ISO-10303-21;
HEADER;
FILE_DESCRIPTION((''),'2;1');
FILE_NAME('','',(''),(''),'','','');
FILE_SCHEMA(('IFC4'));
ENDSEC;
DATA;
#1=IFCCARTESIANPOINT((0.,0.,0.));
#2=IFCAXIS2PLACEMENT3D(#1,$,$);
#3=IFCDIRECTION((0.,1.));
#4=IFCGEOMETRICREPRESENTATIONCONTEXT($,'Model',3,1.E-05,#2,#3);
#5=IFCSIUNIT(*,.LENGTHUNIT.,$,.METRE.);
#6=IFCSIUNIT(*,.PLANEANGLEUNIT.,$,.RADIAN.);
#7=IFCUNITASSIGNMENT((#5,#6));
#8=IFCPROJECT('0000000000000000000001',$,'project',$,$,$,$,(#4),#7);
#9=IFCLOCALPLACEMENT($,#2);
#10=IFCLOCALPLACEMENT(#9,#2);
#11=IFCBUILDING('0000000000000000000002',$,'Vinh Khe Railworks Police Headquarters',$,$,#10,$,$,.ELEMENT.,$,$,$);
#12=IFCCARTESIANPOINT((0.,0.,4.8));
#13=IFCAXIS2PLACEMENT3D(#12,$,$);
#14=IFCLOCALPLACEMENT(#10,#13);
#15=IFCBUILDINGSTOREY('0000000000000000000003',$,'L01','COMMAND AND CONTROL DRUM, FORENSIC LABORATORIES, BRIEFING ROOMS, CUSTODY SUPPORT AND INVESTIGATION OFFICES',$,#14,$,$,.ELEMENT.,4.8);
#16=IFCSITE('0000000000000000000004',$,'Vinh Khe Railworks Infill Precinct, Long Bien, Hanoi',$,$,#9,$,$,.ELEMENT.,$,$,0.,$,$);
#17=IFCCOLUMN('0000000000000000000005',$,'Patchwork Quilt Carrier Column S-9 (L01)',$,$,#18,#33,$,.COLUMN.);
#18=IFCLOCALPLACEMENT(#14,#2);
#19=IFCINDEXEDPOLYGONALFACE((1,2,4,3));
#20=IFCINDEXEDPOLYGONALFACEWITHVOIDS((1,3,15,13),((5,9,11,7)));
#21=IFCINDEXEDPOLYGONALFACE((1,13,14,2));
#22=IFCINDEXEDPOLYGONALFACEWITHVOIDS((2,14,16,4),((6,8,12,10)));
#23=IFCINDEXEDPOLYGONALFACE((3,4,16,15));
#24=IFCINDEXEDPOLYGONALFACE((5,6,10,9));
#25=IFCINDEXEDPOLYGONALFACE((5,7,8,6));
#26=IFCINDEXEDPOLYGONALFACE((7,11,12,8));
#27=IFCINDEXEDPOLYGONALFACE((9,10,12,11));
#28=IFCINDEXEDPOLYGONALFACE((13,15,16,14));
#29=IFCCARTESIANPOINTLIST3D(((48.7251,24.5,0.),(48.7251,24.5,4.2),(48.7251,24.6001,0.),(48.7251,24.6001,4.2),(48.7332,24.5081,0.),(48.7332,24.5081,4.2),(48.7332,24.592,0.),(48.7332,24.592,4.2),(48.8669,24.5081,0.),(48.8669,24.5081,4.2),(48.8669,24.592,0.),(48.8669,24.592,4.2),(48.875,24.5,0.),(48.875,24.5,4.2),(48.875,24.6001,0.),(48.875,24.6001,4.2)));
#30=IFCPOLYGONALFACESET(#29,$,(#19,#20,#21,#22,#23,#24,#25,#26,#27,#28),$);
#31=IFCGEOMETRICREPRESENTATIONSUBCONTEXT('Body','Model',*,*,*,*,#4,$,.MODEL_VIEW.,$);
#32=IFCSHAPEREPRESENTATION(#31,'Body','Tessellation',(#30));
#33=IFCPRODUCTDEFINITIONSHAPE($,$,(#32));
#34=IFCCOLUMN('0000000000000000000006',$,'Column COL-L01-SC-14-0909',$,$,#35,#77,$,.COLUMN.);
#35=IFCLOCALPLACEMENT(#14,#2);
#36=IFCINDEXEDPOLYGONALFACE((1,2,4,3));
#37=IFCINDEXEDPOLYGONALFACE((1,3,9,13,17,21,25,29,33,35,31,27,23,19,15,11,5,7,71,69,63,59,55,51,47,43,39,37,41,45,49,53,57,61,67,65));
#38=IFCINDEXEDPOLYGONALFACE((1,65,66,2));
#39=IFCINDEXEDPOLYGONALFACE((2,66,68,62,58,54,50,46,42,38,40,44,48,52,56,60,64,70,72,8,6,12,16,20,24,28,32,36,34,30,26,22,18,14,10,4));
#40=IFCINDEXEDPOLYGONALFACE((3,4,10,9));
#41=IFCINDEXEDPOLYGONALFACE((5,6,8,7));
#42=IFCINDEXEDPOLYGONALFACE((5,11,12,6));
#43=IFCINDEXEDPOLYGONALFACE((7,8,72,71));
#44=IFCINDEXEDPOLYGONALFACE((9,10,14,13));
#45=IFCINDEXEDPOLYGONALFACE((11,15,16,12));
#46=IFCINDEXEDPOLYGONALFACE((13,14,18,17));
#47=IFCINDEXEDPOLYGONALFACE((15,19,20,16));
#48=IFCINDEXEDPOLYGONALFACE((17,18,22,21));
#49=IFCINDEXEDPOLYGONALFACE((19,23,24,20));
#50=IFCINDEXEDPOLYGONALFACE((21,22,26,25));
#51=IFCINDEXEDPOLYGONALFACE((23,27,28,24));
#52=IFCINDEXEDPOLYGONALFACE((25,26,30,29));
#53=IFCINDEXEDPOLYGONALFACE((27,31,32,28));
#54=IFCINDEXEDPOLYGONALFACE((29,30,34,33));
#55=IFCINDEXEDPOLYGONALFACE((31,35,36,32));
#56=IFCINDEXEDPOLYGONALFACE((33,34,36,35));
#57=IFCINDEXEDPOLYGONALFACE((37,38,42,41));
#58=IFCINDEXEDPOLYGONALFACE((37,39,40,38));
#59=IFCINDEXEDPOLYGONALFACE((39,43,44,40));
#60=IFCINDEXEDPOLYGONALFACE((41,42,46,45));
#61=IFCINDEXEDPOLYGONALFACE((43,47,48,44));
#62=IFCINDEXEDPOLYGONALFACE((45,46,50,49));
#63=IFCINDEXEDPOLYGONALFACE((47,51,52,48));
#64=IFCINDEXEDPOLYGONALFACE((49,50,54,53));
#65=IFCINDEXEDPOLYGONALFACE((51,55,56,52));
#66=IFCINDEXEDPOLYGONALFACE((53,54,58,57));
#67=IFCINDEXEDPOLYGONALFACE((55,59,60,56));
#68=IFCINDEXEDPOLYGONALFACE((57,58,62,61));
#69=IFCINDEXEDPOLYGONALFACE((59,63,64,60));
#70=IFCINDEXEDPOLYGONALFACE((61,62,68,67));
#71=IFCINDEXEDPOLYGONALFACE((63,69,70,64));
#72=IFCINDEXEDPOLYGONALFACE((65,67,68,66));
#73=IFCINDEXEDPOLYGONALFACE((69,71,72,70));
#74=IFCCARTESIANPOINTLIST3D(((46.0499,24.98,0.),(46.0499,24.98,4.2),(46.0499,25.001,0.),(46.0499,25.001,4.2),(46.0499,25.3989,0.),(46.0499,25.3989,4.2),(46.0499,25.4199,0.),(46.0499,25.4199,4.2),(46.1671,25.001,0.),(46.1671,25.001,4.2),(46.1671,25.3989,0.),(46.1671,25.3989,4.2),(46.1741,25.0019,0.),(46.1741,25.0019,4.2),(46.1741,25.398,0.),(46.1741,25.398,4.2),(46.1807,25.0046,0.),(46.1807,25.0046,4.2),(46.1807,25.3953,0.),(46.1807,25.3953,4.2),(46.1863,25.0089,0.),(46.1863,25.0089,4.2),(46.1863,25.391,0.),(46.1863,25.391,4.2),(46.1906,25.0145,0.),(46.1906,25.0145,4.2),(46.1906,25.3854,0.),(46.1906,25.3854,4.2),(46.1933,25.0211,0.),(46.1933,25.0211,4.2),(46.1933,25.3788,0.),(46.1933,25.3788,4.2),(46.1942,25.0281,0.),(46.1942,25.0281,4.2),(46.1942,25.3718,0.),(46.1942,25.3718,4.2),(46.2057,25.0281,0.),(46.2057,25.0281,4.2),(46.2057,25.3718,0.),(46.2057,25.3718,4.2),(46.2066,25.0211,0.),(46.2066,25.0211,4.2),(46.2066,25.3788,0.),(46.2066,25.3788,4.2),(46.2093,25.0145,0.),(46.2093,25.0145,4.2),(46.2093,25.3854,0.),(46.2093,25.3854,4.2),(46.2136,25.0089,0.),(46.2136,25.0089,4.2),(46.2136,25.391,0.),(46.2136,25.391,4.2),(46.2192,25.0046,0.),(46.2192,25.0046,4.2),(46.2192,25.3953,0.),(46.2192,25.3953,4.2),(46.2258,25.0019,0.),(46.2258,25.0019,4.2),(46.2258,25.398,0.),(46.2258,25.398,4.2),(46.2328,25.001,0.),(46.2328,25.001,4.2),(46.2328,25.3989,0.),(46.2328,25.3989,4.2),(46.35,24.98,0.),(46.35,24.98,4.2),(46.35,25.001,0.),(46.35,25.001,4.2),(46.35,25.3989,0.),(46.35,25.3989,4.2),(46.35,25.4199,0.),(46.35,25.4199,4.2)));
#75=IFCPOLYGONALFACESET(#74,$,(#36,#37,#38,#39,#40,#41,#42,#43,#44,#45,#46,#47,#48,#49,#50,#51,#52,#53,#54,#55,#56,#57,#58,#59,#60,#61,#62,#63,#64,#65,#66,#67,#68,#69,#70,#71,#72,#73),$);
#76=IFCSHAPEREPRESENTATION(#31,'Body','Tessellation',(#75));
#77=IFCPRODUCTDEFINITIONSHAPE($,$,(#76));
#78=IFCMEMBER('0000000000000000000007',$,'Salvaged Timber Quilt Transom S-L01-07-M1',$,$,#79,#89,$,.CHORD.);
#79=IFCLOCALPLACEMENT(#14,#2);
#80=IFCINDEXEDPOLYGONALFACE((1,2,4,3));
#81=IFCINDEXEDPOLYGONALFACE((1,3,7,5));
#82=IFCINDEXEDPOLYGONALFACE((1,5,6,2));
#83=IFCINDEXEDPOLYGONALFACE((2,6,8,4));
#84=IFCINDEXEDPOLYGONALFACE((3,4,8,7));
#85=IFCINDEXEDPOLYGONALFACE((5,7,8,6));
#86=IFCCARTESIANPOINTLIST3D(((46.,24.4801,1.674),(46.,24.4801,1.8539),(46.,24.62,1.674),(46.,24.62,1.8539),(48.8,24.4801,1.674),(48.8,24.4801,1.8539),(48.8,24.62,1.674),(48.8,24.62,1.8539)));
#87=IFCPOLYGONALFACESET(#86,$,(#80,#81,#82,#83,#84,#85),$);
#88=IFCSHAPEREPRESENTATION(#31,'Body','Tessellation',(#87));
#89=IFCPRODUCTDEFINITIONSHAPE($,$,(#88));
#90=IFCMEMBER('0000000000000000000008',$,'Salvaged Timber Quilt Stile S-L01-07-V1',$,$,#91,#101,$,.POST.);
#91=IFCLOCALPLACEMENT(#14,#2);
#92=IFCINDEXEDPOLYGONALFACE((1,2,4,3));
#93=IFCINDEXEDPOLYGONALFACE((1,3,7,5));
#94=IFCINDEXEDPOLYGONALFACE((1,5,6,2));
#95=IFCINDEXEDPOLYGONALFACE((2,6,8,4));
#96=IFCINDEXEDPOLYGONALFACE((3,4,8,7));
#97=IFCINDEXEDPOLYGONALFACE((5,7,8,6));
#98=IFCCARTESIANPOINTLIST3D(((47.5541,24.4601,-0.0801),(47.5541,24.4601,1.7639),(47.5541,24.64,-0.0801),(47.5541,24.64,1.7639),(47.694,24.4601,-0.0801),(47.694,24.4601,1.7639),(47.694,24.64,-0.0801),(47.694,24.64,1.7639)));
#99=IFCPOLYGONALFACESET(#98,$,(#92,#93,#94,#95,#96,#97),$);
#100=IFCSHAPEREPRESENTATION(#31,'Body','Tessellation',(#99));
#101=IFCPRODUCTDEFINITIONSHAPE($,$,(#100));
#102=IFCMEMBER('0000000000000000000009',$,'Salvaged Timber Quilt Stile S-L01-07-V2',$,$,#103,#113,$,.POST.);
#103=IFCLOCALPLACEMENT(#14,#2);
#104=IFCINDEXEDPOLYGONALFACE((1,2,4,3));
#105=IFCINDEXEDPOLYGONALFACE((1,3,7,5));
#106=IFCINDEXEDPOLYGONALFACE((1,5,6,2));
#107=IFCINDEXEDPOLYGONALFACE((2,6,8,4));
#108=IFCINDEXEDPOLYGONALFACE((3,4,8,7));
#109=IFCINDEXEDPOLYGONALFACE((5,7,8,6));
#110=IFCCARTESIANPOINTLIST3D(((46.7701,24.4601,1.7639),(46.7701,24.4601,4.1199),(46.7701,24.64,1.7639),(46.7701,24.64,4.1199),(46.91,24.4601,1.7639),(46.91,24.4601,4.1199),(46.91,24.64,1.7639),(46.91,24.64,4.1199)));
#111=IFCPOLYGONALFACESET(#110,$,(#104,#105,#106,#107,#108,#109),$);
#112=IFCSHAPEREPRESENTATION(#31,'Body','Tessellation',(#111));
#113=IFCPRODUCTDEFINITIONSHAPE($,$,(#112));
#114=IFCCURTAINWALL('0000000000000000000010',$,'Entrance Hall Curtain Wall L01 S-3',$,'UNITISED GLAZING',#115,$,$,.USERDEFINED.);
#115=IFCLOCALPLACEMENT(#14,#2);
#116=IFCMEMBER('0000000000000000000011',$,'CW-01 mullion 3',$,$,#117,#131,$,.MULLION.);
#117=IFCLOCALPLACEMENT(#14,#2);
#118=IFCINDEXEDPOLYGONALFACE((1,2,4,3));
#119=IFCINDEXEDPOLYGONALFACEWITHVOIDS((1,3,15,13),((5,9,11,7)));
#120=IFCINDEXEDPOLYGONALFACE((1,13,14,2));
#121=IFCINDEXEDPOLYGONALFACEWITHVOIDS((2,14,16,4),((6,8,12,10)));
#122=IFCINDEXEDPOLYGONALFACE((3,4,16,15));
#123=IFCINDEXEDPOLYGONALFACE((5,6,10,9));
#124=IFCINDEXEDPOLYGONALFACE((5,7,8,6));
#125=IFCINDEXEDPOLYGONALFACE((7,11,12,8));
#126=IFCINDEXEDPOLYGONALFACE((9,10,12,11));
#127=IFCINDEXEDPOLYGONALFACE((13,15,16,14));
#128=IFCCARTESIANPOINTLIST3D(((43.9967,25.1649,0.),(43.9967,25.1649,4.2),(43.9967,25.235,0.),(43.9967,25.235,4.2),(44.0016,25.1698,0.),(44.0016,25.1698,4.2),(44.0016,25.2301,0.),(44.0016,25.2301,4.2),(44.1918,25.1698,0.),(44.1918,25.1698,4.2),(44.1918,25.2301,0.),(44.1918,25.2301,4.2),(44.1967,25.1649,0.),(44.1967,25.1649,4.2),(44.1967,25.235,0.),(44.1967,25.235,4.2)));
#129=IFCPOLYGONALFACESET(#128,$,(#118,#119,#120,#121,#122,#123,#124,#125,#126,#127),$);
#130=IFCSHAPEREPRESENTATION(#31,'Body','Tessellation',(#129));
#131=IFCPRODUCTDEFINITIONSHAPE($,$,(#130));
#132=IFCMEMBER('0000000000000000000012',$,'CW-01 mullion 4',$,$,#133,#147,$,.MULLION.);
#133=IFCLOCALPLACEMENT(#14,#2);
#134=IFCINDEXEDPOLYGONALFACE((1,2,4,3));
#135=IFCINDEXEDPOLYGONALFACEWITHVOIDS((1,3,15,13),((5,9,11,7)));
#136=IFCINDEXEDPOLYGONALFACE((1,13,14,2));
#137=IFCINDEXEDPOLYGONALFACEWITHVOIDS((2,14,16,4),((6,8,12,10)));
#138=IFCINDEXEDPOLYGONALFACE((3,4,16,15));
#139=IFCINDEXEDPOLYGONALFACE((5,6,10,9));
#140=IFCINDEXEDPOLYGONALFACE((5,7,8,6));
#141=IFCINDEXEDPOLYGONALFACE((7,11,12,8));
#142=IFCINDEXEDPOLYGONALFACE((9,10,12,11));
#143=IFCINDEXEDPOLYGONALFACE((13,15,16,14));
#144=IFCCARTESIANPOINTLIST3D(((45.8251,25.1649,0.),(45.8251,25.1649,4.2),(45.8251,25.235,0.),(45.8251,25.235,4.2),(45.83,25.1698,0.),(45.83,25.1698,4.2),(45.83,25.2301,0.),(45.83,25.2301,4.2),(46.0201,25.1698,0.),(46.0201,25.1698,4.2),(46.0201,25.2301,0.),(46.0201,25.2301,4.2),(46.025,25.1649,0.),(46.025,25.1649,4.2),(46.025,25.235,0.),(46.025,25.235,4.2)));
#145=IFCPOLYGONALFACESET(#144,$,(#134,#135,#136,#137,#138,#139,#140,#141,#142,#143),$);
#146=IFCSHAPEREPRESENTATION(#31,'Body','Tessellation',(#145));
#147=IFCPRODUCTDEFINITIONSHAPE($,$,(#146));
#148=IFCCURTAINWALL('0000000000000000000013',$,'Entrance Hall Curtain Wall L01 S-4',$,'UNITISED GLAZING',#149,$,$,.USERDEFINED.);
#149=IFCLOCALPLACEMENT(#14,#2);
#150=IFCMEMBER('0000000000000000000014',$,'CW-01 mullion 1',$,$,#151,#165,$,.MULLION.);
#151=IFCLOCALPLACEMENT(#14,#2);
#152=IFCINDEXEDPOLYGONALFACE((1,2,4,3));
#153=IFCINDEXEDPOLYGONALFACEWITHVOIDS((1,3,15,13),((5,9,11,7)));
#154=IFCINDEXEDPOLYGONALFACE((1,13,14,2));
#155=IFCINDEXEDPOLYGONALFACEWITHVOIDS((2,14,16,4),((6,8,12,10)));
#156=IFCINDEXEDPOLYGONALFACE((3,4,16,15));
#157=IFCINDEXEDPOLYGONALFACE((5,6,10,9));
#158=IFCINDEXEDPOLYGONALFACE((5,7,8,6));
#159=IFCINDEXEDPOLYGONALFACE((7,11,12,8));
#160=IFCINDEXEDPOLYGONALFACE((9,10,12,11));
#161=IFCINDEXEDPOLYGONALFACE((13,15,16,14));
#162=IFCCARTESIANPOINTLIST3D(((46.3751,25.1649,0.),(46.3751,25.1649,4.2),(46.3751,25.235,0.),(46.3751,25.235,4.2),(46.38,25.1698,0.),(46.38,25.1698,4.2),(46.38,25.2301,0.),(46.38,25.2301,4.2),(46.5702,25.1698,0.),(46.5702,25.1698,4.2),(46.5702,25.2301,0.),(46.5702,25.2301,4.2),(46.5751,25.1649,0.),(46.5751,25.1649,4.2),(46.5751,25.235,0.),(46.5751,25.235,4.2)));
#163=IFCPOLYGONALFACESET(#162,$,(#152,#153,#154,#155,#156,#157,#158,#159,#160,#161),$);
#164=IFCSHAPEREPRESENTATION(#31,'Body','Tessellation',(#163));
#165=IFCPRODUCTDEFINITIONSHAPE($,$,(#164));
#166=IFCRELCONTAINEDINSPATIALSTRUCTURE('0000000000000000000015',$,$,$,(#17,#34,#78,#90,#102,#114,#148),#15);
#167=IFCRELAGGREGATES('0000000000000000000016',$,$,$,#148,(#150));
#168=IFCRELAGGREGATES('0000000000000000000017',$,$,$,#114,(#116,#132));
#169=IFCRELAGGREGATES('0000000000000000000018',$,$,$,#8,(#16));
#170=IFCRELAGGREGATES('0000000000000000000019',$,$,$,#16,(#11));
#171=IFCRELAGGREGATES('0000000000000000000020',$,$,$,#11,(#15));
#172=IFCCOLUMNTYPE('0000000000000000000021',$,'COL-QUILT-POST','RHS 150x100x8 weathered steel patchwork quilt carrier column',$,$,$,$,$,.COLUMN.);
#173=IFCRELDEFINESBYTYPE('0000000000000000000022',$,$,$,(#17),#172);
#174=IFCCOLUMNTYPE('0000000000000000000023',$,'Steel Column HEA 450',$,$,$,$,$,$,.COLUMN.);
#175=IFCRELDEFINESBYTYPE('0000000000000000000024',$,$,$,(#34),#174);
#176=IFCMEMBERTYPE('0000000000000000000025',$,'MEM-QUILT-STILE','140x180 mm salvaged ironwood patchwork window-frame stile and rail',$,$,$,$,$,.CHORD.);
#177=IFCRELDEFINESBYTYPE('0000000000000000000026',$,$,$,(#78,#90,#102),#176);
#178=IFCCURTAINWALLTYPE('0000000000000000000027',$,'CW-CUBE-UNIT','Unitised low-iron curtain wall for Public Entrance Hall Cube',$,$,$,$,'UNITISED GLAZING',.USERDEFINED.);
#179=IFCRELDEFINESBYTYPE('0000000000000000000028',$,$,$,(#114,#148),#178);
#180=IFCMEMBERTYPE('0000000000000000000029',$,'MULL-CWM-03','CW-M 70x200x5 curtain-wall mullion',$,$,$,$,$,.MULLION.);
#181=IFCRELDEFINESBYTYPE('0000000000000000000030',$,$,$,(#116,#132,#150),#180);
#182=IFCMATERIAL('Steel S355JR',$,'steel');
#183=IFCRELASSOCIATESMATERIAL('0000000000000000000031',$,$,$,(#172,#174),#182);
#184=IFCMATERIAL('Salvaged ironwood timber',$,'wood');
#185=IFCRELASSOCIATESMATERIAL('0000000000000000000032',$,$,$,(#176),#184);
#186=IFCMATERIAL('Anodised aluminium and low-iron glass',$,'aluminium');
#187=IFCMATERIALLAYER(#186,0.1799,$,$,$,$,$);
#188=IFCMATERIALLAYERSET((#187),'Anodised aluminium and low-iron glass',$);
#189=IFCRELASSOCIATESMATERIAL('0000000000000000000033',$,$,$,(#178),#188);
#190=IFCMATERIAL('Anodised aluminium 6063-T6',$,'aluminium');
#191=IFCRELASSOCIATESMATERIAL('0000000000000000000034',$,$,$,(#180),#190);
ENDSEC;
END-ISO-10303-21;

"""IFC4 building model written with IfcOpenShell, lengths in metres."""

from ifc_helpers import new_model, si_unit, direction, frame, origin, origin_2d, place, context, subcontext, project, spatial, rectangle, hollow_rectangle, i_section, extrude, material, layer, layer_set, material_profile, profile_set, type_object, element, aggregate, save


model = new_model("IFC4")

# Units and contexts
model_context = context("Model", 3, precision=1e-05, world=origin(), true_north=direction((0.0, 1.0)))
body_context = subcontext(model_context, "Body", "Model", "MODEL_VIEW")
ifc_project = project(units=[si_unit("LENGTHUNIT", "METRE"), si_unit("PLANEANGLEUNIT", "RADIAN")], contexts=[model_context])

# Site, building, storey
site_placement = place(None, origin())
site = spatial("IfcSite", under=ifc_project, at=site_placement, Name="Vinh Khe Railworks Infill Precinct, Long Bien, Hanoi", CompositionType="ELEMENT", RefElevation=0.0)
building_placement = place(site_placement, origin())
building = spatial("IfcBuilding", under=site, at=building_placement, Name="Vinh Khe Railworks Police Headquarters", CompositionType="ELEMENT")
storey_placement = place(building_placement, frame((0.0, 0.0, 4.8)))
storey = spatial("IfcBuildingStorey", under=building, at=storey_placement, Name="L01", Description="COMMAND AND CONTROL DRUM, FORENSIC LABORATORIES, BRIEFING ROOMS, CUSTODY SUPPORT AND INVESTIGATION OFFICES", CompositionType="ELEMENT", Elevation=4.8)

# Columns
ifc_material_1 = material(Name="Steel S355JR", Category="steel")
ifc_material_profile_1 = material_profile(ifc_material_1, hollow_rectangle(XDim=0.1499, YDim=0.1001, WallThickness=0.0081, at=origin_2d()), Name="RHS 150x100x8")
ifc_profile_set_1 = profile_set([ifc_material_profile_1], Name="Steel S355JR")
column_type_1 = type_object("IfcColumnType", Name="COL-QUILT-POST", Description="RHS 150x100x8 weathered steel patchwork quilt carrier column", PredefinedType="COLUMN", material=ifc_profile_set_1)
column_1_placement = place(storey_placement, frame((48.8, 24.55, 0.0), z_axis=(0.0, 0.0, 1.0), x_axis=(1.0, 0.0, 0.0)))
element("IfcColumn", 1, at=column_1_placement, inside=storey, type_object=column_type_1, Name="Patchwork Quilt Carrier Column S-9 (L01)", PredefinedType="COLUMN", context=body_context, shape_type="SweptSolid", body=[
    extrude(hollow_rectangle(XDim=0.1499, YDim=0.1001, WallThickness=0.0081, at=origin_2d()), origin(), (0.0, 0.0, 1.0), 4.2),
])
ifc_material_profile_2 = material_profile(ifc_material_1, i_section(OverallWidth=0.3, OverallDepth=0.4399, WebThickness=0.0115, FlangeThickness=0.021, FilletRadius=0.0271, at=origin_2d()), Name="HEA 450")
ifc_profile_set_2 = profile_set([ifc_material_profile_2], Name="Steel S355JR")
column_type_2 = type_object("IfcColumnType", Name="Steel Column HEA 450", PredefinedType="COLUMN", material=ifc_profile_set_2)
column_2_placement = place(storey_placement, frame((46.2, 25.2, 0.0), z_axis=(0.0, 0.0, 1.0), x_axis=(1.0, 0.0, 0.0)))
element("IfcColumn", 2, at=column_2_placement, inside=storey, type_object=column_type_2, Name="Column COL-L01-SC-14-0909", PredefinedType="COLUMN", context=body_context, shape_type="SweptSolid", body=[
    extrude(i_section(OverallWidth=0.3, OverallDepth=0.4399, WebThickness=0.0115, FlangeThickness=0.021, FilletRadius=0.0271, at=origin_2d()), origin(), (0.0, 0.0, 1.0), 4.2),
])

# Members
ifc_material_2 = material(Name="Salvaged ironwood timber", Category="wood")
ifc_material_profile_3 = material_profile(ifc_material_2, rectangle(XDim=0.1399, YDim=0.1799, at=origin_2d()), Name="TIMBER 140x180")
ifc_profile_set_3 = profile_set([ifc_material_profile_3], Name="Salvaged ironwood timber")
member_type_1 = type_object("IfcMemberType", Name="MEM-QUILT-STILE", Description="140x180 mm salvaged ironwood patchwork window-frame stile and rail", PredefinedType="CHORD", material=ifc_profile_set_3)
member_1_placement = place(storey_placement, frame((46.0, 24.55, 1.7639), z_axis=(1.0, 0.0, 0.0), x_axis=(0.0, 1.0, 0.0)))
element("IfcMember", 3, at=member_1_placement, inside=storey, type_object=member_type_1, Name="Salvaged Timber Quilt Transom S-L01-07-M1", PredefinedType="CHORD", context=body_context, shape_type="SweptSolid", body=[
    extrude(rectangle(XDim=0.1399, YDim=0.1799, at=origin_2d()), origin(), (0.0, 0.0, 1.0), 2.8),
])
member_2_placement = place(storey_placement, frame((47.624, 24.55, -0.0801), z_axis=(0.0, 0.0, 1.0), x_axis=(1.0, 0.0, 0.0)))
element("IfcMember", 4, at=member_2_placement, inside=storey, type_object=member_type_1, Name="Salvaged Timber Quilt Stile S-L01-07-V1", PredefinedType="POST", context=body_context, shape_type="SweptSolid", body=[
    extrude(rectangle(XDim=0.1399, YDim=0.1799, at=origin_2d()), origin(), (0.0, 0.0, 1.0), 1.844),
])
member_3_placement = place(storey_placement, frame((46.8401, 24.55, 1.7639), z_axis=(0.0, 0.0, 1.0), x_axis=(1.0, 0.0, 0.0)))
element("IfcMember", 5, at=member_3_placement, inside=storey, type_object=member_type_1, Name="Salvaged Timber Quilt Stile S-L01-07-V2", PredefinedType="POST", context=body_context, shape_type="SweptSolid", body=[
    extrude(rectangle(XDim=0.1399, YDim=0.1799, at=origin_2d()), origin(), (0.0, 0.0, 1.0), 2.356),
])

# Curtain wall, members
ifc_material_3 = material(Name="Anodised aluminium and low-iron glass", Category="aluminium")
ifc_layer_1 = layer(ifc_material_3, 0.1799)
ifc_layer_set_1 = layer_set([ifc_layer_1], Name="Anodised aluminium and low-iron glass")
curtain_wall_type = type_object("IfcCurtainWallType", Name="CW-CUBE-UNIT", Description="Unitised low-iron curtain wall for Public Entrance Hall Cube", ElementType="UNITISED GLAZING", PredefinedType="USERDEFINED", material=ifc_layer_set_1)
curtain_wall_1_placement = place(storey_placement, origin())
curtain_wall_1 = element("IfcCurtainWall", 6, at=curtain_wall_1_placement, inside=storey, type_object=curtain_wall_type, Name="Entrance Hall Curtain Wall L01 S-3", ObjectType="UNITISED GLAZING", PredefinedType="USERDEFINED")
ifc_material_4 = material(Name="Anodised aluminium 6063-T6", Category="aluminium")
ifc_material_profile_4 = material_profile(ifc_material_4, hollow_rectangle(XDim=0.0701, YDim=0.2, WallThickness=0.0049, at=origin_2d()), Name="CW-M 70x200x5")
ifc_profile_set_4 = profile_set([ifc_material_profile_4], Name="Anodised aluminium 6063-T6")
member_type_2 = type_object("IfcMemberType", Name="MULL-CWM-03", Description="CW-M 70x200x5 curtain-wall mullion", PredefinedType="MULLION", material=ifc_profile_set_4)
member_4_placement = place(storey_placement, frame((44.0967, 25.2, 0.0), z_axis=(0.0, 0.0, 1.0), x_axis=(0.0, 1.0, 0.0)))
member_4 = element("IfcMember", 7, at=member_4_placement, type_object=member_type_2, Name="CW-01 mullion 3", PredefinedType="MULLION", context=body_context, shape_type="SweptSolid", body=[
    extrude(hollow_rectangle(XDim=0.0701, YDim=0.2, WallThickness=0.0049, at=origin_2d()), origin(), (0.0, 0.0, 1.0), 4.2),
])
member_5_placement = place(storey_placement, frame((45.925, 25.2, 0.0), z_axis=(0.0, 0.0, 1.0), x_axis=(0.0, 1.0, 0.0)))
member_5 = element("IfcMember", 8, at=member_5_placement, type_object=member_type_2, Name="CW-01 mullion 4", PredefinedType="MULLION", context=body_context, shape_type="SweptSolid", body=[
    extrude(hollow_rectangle(XDim=0.0701, YDim=0.2, WallThickness=0.0049, at=origin_2d()), origin(), (0.0, 0.0, 1.0), 4.2),
])

# Curtain wall, member
curtain_wall_2_placement = place(storey_placement, origin())
curtain_wall_2 = element("IfcCurtainWall", 9, at=curtain_wall_2_placement, inside=storey, type_object=curtain_wall_type, Name="Entrance Hall Curtain Wall L01 S-4", ObjectType="UNITISED GLAZING", PredefinedType="USERDEFINED")
member_6_placement = place(storey_placement, frame((46.4751, 25.2, 0.0), z_axis=(0.0, 0.0, 1.0), x_axis=(0.0, 1.0, 0.0)))
member_6 = element("IfcMember", 10, at=member_6_placement, type_object=member_type_2, Name="CW-01 mullion 1", PredefinedType="MULLION", context=body_context, shape_type="SweptSolid", body=[
    extrude(hollow_rectangle(XDim=0.0701, YDim=0.2, WallThickness=0.0049, at=origin_2d()), origin(), (0.0, 0.0, 1.0), 4.2),
])

aggregate(curtain_wall_2, [member_6])

aggregate(curtain_wall_1, [member_4, member_5])

save(model, "model.ifc")
